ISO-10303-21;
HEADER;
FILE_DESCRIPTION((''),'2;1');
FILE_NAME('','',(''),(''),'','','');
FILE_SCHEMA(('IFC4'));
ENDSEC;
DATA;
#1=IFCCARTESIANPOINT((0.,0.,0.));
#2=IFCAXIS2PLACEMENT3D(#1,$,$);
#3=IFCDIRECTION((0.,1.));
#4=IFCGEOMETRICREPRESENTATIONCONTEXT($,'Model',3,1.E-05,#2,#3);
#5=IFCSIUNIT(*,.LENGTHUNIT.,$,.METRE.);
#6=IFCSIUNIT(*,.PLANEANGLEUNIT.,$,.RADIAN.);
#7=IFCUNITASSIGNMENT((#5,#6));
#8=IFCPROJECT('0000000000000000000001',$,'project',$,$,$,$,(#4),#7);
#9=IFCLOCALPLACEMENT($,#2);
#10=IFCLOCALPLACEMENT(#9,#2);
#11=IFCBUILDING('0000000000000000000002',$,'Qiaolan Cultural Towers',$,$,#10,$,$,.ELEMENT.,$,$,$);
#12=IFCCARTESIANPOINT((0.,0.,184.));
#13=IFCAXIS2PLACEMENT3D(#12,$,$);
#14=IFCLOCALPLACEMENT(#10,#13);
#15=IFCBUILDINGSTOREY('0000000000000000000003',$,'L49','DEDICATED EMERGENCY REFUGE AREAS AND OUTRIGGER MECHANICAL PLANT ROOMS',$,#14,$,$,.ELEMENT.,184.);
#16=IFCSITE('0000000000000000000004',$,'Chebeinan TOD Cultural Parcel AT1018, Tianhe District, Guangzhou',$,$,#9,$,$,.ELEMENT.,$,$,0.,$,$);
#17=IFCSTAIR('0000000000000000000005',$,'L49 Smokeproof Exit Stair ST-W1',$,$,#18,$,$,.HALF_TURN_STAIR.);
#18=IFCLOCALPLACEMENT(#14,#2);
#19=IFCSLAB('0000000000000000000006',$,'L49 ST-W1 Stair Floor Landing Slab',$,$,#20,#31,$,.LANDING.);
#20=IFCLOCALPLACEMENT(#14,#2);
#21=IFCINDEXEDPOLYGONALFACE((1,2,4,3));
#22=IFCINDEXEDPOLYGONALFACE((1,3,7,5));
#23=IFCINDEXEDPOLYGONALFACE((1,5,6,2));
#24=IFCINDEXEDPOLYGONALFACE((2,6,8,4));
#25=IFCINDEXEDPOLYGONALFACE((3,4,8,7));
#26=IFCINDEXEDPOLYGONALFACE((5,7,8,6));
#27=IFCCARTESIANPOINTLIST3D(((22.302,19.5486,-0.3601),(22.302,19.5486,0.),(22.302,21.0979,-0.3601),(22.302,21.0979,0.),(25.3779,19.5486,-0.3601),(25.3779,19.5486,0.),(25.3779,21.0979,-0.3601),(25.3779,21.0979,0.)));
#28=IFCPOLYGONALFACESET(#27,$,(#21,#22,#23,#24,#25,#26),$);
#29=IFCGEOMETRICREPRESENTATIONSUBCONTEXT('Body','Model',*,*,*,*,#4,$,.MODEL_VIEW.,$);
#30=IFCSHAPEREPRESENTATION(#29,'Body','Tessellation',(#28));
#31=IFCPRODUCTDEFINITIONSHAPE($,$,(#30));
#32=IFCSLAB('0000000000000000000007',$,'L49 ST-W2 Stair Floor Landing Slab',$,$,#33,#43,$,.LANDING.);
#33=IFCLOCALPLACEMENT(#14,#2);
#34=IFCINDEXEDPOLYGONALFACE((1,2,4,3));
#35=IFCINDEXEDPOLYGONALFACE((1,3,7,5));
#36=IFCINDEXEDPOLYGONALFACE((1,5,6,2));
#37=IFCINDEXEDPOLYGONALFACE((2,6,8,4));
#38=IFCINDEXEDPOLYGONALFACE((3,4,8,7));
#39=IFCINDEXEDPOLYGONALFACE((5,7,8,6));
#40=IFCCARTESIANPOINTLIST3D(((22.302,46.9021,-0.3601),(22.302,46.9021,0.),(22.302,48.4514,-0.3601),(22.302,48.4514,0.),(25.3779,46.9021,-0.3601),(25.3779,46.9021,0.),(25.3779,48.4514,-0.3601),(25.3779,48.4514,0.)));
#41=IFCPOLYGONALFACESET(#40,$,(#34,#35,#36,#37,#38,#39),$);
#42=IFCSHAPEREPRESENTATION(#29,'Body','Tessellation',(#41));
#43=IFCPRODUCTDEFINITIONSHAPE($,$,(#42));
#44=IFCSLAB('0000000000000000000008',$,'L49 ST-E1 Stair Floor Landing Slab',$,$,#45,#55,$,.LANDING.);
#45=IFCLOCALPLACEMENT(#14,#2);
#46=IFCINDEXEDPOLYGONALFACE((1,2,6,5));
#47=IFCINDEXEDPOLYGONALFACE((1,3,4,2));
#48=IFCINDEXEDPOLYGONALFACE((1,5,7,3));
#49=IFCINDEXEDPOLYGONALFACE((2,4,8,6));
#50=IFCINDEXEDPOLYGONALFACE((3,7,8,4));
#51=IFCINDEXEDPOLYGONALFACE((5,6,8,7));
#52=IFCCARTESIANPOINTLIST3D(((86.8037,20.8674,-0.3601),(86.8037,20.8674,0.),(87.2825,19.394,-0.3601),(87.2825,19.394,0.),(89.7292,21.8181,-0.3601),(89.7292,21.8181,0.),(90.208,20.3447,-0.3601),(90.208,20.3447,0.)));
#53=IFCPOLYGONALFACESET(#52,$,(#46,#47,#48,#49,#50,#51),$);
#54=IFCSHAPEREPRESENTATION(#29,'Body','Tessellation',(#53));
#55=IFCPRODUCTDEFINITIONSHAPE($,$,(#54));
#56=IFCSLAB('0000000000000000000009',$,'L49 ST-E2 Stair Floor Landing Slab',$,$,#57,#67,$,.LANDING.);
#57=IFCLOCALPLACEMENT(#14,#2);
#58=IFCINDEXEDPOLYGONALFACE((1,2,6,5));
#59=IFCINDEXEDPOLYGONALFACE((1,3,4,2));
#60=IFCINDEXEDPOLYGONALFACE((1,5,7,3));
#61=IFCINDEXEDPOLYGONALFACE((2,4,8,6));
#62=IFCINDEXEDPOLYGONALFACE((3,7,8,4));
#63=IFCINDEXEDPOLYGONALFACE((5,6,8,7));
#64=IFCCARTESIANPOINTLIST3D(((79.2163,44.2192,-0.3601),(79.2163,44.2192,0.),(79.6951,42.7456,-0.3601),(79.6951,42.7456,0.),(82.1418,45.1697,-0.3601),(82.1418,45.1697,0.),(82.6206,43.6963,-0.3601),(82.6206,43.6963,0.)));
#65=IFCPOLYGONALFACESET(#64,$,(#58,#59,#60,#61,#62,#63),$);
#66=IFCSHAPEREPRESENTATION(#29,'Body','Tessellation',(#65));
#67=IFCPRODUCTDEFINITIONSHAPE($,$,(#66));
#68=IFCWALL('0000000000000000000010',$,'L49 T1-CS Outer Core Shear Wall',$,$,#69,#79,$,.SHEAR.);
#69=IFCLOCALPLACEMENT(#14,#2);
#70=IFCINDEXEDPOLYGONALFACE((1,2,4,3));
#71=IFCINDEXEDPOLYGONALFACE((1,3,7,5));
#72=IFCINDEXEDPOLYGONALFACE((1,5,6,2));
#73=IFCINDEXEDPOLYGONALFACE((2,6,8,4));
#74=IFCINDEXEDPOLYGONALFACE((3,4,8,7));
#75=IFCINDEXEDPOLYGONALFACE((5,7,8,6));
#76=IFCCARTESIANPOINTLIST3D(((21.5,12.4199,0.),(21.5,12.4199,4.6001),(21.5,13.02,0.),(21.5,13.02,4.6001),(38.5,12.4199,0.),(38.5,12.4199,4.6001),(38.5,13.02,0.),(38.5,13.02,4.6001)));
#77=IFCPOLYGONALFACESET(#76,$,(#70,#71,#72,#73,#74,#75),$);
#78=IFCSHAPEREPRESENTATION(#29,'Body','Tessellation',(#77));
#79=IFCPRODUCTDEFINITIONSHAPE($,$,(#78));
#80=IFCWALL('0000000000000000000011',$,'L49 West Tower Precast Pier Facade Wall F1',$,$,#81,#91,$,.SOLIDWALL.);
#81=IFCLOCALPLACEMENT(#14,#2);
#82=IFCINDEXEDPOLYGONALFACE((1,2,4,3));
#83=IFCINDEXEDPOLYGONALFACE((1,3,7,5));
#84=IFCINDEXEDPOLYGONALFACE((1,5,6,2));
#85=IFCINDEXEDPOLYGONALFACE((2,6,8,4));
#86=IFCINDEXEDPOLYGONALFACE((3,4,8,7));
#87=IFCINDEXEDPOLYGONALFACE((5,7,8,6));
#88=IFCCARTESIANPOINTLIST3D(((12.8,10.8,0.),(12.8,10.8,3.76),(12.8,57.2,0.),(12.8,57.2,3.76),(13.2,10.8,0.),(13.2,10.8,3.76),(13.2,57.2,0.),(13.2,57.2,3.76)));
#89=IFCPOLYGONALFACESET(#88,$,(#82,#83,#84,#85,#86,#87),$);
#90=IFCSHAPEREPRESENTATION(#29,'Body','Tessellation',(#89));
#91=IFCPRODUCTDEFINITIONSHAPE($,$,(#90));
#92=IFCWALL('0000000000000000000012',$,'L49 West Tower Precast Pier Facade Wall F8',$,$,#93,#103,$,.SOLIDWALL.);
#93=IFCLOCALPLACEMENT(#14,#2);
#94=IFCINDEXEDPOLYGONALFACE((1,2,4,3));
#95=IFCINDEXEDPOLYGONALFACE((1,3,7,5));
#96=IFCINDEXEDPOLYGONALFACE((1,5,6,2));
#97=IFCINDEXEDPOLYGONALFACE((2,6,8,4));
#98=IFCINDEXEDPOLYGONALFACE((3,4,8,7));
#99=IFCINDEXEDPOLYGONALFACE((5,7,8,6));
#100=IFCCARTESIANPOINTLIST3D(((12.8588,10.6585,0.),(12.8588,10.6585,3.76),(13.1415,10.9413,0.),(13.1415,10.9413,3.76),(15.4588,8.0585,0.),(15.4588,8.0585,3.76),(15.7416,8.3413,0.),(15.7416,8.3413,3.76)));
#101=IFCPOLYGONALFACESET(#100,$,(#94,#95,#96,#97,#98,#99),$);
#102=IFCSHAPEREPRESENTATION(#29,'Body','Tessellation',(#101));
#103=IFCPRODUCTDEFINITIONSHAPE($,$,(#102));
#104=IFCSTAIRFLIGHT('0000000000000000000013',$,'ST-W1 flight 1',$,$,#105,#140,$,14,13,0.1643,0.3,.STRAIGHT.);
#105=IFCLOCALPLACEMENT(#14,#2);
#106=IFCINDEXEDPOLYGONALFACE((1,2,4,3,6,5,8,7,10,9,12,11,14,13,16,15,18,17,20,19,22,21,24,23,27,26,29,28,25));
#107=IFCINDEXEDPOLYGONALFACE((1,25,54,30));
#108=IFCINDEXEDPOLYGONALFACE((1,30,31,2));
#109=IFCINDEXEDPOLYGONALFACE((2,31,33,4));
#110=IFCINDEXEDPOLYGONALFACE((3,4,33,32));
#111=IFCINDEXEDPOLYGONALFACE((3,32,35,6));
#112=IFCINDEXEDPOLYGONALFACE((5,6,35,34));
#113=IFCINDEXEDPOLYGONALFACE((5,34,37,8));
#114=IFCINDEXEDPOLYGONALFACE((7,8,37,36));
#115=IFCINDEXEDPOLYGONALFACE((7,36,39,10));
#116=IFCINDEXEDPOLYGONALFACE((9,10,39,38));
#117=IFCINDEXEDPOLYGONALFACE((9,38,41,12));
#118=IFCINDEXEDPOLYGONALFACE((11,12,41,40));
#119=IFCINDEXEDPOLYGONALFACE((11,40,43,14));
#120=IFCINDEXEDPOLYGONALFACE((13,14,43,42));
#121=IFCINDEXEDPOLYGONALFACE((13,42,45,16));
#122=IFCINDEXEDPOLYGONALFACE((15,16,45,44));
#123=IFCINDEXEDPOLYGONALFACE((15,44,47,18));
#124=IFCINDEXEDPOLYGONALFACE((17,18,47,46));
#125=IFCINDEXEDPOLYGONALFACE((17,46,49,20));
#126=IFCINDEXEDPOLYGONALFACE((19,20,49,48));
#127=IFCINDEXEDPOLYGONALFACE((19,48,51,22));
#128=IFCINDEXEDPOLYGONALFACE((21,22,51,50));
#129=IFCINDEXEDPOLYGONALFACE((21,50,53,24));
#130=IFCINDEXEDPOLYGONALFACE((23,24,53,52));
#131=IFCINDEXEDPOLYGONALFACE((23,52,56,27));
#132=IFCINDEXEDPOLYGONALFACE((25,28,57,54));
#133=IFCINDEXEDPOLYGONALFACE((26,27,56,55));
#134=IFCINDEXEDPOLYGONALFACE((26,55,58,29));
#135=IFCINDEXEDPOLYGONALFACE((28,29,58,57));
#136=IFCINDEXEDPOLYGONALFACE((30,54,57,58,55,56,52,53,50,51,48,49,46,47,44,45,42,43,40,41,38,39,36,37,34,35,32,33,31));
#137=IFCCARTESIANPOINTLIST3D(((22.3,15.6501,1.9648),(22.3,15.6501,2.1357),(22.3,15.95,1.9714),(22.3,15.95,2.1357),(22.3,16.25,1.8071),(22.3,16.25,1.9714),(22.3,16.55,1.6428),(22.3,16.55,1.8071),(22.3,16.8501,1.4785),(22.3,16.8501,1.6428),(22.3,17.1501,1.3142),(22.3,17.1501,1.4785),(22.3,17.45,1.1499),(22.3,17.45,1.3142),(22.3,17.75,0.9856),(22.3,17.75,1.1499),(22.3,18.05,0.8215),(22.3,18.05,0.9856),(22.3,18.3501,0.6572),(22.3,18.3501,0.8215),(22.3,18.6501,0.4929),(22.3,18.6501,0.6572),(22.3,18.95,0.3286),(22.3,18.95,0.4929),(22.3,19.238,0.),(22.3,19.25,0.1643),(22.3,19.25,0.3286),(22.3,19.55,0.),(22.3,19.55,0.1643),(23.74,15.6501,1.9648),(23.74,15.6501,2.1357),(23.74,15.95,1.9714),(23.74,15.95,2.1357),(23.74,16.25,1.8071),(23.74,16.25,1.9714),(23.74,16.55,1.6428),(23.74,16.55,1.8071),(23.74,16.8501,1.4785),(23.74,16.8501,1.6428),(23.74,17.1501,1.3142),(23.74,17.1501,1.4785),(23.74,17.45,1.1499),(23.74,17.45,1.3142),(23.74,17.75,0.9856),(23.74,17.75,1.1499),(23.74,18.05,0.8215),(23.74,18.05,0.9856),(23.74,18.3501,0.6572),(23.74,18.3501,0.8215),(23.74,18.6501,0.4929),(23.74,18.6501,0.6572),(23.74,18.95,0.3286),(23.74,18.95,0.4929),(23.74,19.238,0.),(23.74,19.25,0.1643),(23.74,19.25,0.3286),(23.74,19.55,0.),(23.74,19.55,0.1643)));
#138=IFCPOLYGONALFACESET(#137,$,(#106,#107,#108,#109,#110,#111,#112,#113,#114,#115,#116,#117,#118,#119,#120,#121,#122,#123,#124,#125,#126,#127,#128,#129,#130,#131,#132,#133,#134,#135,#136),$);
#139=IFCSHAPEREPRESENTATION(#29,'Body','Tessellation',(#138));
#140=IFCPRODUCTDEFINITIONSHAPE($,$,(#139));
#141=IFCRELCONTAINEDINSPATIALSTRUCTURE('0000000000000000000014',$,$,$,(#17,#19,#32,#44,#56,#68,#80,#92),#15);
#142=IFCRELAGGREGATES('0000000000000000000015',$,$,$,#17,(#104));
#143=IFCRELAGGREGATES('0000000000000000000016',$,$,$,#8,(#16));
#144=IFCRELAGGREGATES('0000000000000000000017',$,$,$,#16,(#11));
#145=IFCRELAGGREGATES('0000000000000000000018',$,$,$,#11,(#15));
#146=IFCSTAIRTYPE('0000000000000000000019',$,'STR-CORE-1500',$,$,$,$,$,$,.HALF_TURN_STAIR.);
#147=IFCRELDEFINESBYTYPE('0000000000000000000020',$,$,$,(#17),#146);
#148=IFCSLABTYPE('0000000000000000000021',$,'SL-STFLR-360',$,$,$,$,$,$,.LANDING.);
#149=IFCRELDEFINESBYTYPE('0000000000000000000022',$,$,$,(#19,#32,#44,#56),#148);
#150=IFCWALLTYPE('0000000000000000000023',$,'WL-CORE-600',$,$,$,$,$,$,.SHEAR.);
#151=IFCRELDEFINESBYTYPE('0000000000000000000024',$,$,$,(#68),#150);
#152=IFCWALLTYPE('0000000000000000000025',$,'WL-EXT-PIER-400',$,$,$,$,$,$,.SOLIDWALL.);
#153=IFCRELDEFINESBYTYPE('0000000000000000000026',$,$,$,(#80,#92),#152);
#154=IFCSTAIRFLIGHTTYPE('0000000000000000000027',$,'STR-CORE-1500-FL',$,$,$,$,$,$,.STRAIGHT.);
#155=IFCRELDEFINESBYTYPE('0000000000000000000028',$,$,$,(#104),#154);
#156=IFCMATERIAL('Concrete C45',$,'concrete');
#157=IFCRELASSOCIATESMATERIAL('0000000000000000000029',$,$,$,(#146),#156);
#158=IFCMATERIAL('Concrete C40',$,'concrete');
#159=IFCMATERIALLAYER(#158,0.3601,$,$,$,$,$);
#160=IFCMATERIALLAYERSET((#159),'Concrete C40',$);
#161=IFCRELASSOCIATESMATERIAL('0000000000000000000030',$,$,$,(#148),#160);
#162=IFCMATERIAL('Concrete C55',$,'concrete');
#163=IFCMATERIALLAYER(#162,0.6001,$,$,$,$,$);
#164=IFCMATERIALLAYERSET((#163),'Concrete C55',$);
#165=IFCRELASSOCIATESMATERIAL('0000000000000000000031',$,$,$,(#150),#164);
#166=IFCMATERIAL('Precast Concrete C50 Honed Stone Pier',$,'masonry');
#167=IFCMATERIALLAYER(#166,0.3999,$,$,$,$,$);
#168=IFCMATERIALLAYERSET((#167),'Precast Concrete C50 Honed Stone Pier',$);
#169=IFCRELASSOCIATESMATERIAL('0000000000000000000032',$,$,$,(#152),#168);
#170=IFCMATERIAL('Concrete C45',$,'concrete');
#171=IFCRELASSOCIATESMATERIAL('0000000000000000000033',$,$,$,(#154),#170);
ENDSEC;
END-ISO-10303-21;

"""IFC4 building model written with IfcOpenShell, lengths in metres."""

from ifc_helpers import new_model, si_unit, direction, frame, frame_2d, origin, place, context, subcontext, project, spatial, polyline, rectangle, outline, extrude, material, layer, layer_set, type_object, element, aggregate, save


model = new_model("IFC4")

# Units and contexts
model_context = context("Model", 3, precision=1e-05, world=origin(), true_north=direction((0.0, 1.0)))
body_context = subcontext(model_context, "Body", "Model", "MODEL_VIEW")
ifc_project = project(units=[si_unit("LENGTHUNIT", "METRE"), si_unit("PLANEANGLEUNIT", "RADIAN")], contexts=[model_context])

# Site, building, storey
site_placement = place(None, origin())
site = spatial("IfcSite", under=ifc_project, at=site_placement, Name="Chebeinan TOD Cultural Parcel AT1018, Tianhe District, Guangzhou", CompositionType="ELEMENT", RefElevation=0.0)
building_placement = place(site_placement, origin())
building = spatial("IfcBuilding", under=site, at=building_placement, Name="Qiaolan Cultural Towers", CompositionType="ELEMENT")
storey_placement = place(building_placement, frame((0.0, 0.0, 184.0)))
storey = spatial("IfcBuildingStorey", under=building, at=storey_placement, Name="L49", Description="DEDICATED EMERGENCY REFUGE AREAS AND OUTRIGGER MECHANICAL PLANT ROOMS", CompositionType="ELEMENT", Elevation=184.0)

# Stair
ifc_material_1 = material(Name="Concrete C45", Category="concrete")
stair_type = type_object("IfcStairType", Name="STR-CORE-1500", PredefinedType="HALF_TURN_STAIR", material=ifc_material_1)
stair_1_placement = place(storey_placement, origin())
stair_1 = element("IfcStair", 1, at=stair_1_placement, inside=storey, type_object=stair_type, Name="L49 Smokeproof Exit Stair ST-W1", PredefinedType="HALF_TURN_STAIR")

# Slabs
ifc_material_2 = material(Name="Concrete C40", Category="concrete")
ifc_layer_1 = layer(ifc_material_2, 0.3601)
ifc_layer_set_1 = layer_set([ifc_layer_1], Name="Concrete C40")
slab_type_1 = type_object("IfcSlabType", Name="SL-STFLR-360", PredefinedType="LANDING", material=ifc_layer_set_1)
slab_1_placement = place(storey_placement, frame((0.0, 0.0, -0.3601)))
element("IfcSlab", 2, at=slab_1_placement, inside=storey, type_object=slab_type_1, Name="L49 ST-W1 Stair Floor Landing Slab", PredefinedType="LANDING", context=body_context, shape_type="SweptSolid", body=[
    extrude(outline(polyline([(22.302, 21.0979), (22.302, 19.5486), (25.3779, 19.5486), (25.3779, 21.0979), (22.302, 21.0979)])), origin(), (0.0, 0.0, 1.0), 0.3601),
])
slab_2_placement = place(storey_placement, frame((0.0, 0.0, -0.3601)))
element("IfcSlab", 3, at=slab_2_placement, inside=storey, type_object=slab_type_1, Name="L49 ST-W2 Stair Floor Landing Slab", PredefinedType="LANDING", context=body_context, shape_type="SweptSolid", body=[
    extrude(outline(polyline([(25.3779, 46.9021), (25.3779, 48.4514), (22.302, 48.4514), (22.302, 46.9021), (25.3779, 46.9021)])), origin(), (0.0, 0.0, 1.0), 0.3601),
])
slab_3_placement = place(storey_placement, frame((0.0, 0.0, -0.3601)))
element("IfcSlab", 4, at=slab_3_placement, inside=storey, type_object=slab_type_1, Name="L49 ST-E1 Stair Floor Landing Slab", PredefinedType="LANDING", context=body_context, shape_type="SweptSolid", body=[
    extrude(outline(polyline([(86.8037, 20.8674), (87.2825, 19.394), (90.208, 20.3447), (89.7292, 21.8181), (86.8037, 20.8674)])), origin(), (0.0, 0.0, 1.0), 0.3601),
])
slab_4_placement = place(storey_placement, frame((0.0, 0.0, -0.3601)))
element("IfcSlab", 5, at=slab_4_placement, inside=storey, type_object=slab_type_1, Name="L49 ST-E2 Stair Floor Landing Slab", PredefinedType="LANDING", context=body_context, shape_type="SweptSolid", body=[
    extrude(outline(polyline([(82.6206, 43.6963), (82.1418, 45.1697), (79.2163, 44.2192), (79.6951, 42.7456), (82.6206, 43.6963)])), origin(), (0.0, 0.0, 1.0), 0.3601),
])

# Walls
ifc_material_3 = material(Name="Concrete C55", Category="concrete")
ifc_layer_2 = layer(ifc_material_3, 0.6001)
ifc_layer_set_2 = layer_set([ifc_layer_2], Name="Concrete C55")
wall_type_1 = type_object("IfcWallType", Name="WL-CORE-600", PredefinedType="SHEAR", material=ifc_layer_set_2)
wall_1_placement = place(storey_placement, frame((21.5, 12.72, 0.0), z_axis=(0.0, 0.0, 1.0), x_axis=(1.0, 0.0, 0.0)))
element("IfcWall", 6, at=wall_1_placement, inside=storey, type_object=wall_type_1, Name="L49 T1-CS Outer Core Shear Wall", PredefinedType="SHEAR", context=body_context, shape_type="SweptSolid", body=[
    extrude(rectangle(XDim=17.0, YDim=0.6001, at=frame_2d((8.5, 0.0))), origin(), (0.0, 0.0, 1.0), 4.6001),
])
ifc_material_4 = material(Name="Precast Concrete C50 Honed Stone Pier", Category="masonry")
ifc_layer_3 = layer(ifc_material_4, 0.3999)
ifc_layer_set_3 = layer_set([ifc_layer_3], Name="Precast Concrete C50 Honed Stone Pier")
wall_type_2 = type_object("IfcWallType", Name="WL-EXT-PIER-400", PredefinedType="SOLIDWALL", material=ifc_layer_set_3)
wall_2_placement = place(storey_placement, frame((13.0, 10.8, 0.0), z_axis=(0.0, 0.0, 1.0), x_axis=(0.0, 1.0, 0.0)))
element("IfcWall", 7, at=wall_2_placement, inside=storey, type_object=wall_type_2, Name="L49 West Tower Precast Pier Facade Wall F1", PredefinedType="SOLIDWALL", context=body_context, shape_type="SweptSolid", body=[
    extrude(rectangle(XDim=46.3999, YDim=0.3999, at=frame_2d((23.2, 0.0))), origin(), (0.0, 0.0, 1.0), 3.76),
])
wall_3_placement = place(storey_placement, frame((15.6001, 8.2, 0.0), z_axis=(0.0, 0.0, 1.0), x_axis=(-0.707107, 0.707107, 0.0)))
element("IfcWall", 8, at=wall_3_placement, inside=storey, type_object=wall_type_2, Name="L49 West Tower Precast Pier Facade Wall F8", PredefinedType="SOLIDWALL", context=body_context, shape_type="SweptSolid", body=[
    extrude(rectangle(XDim=3.677, YDim=0.3999, at=frame_2d((1.8384, 0.0))), origin(), (0.0, 0.0, 1.0), 3.76),
])

# Stair flight
ifc_material_5 = material(Name="Concrete C45", Category="concrete")
stair_flight_type = type_object("IfcStairFlightType", Name="STR-CORE-1500-FL", PredefinedType="STRAIGHT", material=ifc_material_5)
stair_flight_placement = place(storey_placement, frame((23.02, 19.55, 0.0), z_axis=(0.0, 0.0, 1.0), x_axis=(0.0, -1.0, 0.0)))
stair_flight = element("IfcStairFlight", 9, at=stair_flight_placement, type_object=stair_flight_type, Name="ST-W1 flight 1", NumberOfRisers=14, NumberOfTreads=13, PredefinedType="STRAIGHT", RiserHeight=0.1643, TreadLength=0.3, context=body_context, shape_type="SweptSolid", body=[
    extrude(outline(polyline([(0.0, 0.0), (0.0, 0.1643), (0.3, 0.1643), (0.3, 0.3286), (0.6001, 0.3286), (0.6001, 0.4929), (0.8999, 0.4929), (0.8999, 0.6572), (1.2, 0.6572), (1.2, 0.8215), (1.5, 0.8215), (1.5, 0.9856), (1.8, 0.9856), (1.8, 1.1499), (2.1001, 1.1499), (2.1001, 1.3142), (2.3999, 1.3142), (2.3999, 1.4785), (2.7, 1.4785), (2.7, 1.6428), (3.0, 1.6428), (3.0, 1.8071), (3.3, 1.8071), (3.3, 1.9714), (3.6001, 1.9714), (3.6001, 2.1357), (3.8999, 2.1357), (3.8999, 2.3), (3.8999, 1.9648), (0.312, 0.0), (0.0, 0.0)])), frame((0.0, 0.72, 0.0), z_axis=(0.0, -1.0, 0.0), x_axis=(1.0, 0.0, 0.0)), (0.0, 0.0, 1.0), 1.4399),
])
aggregate(stair_1, [stair_flight])

save(model, "model.ifc")
